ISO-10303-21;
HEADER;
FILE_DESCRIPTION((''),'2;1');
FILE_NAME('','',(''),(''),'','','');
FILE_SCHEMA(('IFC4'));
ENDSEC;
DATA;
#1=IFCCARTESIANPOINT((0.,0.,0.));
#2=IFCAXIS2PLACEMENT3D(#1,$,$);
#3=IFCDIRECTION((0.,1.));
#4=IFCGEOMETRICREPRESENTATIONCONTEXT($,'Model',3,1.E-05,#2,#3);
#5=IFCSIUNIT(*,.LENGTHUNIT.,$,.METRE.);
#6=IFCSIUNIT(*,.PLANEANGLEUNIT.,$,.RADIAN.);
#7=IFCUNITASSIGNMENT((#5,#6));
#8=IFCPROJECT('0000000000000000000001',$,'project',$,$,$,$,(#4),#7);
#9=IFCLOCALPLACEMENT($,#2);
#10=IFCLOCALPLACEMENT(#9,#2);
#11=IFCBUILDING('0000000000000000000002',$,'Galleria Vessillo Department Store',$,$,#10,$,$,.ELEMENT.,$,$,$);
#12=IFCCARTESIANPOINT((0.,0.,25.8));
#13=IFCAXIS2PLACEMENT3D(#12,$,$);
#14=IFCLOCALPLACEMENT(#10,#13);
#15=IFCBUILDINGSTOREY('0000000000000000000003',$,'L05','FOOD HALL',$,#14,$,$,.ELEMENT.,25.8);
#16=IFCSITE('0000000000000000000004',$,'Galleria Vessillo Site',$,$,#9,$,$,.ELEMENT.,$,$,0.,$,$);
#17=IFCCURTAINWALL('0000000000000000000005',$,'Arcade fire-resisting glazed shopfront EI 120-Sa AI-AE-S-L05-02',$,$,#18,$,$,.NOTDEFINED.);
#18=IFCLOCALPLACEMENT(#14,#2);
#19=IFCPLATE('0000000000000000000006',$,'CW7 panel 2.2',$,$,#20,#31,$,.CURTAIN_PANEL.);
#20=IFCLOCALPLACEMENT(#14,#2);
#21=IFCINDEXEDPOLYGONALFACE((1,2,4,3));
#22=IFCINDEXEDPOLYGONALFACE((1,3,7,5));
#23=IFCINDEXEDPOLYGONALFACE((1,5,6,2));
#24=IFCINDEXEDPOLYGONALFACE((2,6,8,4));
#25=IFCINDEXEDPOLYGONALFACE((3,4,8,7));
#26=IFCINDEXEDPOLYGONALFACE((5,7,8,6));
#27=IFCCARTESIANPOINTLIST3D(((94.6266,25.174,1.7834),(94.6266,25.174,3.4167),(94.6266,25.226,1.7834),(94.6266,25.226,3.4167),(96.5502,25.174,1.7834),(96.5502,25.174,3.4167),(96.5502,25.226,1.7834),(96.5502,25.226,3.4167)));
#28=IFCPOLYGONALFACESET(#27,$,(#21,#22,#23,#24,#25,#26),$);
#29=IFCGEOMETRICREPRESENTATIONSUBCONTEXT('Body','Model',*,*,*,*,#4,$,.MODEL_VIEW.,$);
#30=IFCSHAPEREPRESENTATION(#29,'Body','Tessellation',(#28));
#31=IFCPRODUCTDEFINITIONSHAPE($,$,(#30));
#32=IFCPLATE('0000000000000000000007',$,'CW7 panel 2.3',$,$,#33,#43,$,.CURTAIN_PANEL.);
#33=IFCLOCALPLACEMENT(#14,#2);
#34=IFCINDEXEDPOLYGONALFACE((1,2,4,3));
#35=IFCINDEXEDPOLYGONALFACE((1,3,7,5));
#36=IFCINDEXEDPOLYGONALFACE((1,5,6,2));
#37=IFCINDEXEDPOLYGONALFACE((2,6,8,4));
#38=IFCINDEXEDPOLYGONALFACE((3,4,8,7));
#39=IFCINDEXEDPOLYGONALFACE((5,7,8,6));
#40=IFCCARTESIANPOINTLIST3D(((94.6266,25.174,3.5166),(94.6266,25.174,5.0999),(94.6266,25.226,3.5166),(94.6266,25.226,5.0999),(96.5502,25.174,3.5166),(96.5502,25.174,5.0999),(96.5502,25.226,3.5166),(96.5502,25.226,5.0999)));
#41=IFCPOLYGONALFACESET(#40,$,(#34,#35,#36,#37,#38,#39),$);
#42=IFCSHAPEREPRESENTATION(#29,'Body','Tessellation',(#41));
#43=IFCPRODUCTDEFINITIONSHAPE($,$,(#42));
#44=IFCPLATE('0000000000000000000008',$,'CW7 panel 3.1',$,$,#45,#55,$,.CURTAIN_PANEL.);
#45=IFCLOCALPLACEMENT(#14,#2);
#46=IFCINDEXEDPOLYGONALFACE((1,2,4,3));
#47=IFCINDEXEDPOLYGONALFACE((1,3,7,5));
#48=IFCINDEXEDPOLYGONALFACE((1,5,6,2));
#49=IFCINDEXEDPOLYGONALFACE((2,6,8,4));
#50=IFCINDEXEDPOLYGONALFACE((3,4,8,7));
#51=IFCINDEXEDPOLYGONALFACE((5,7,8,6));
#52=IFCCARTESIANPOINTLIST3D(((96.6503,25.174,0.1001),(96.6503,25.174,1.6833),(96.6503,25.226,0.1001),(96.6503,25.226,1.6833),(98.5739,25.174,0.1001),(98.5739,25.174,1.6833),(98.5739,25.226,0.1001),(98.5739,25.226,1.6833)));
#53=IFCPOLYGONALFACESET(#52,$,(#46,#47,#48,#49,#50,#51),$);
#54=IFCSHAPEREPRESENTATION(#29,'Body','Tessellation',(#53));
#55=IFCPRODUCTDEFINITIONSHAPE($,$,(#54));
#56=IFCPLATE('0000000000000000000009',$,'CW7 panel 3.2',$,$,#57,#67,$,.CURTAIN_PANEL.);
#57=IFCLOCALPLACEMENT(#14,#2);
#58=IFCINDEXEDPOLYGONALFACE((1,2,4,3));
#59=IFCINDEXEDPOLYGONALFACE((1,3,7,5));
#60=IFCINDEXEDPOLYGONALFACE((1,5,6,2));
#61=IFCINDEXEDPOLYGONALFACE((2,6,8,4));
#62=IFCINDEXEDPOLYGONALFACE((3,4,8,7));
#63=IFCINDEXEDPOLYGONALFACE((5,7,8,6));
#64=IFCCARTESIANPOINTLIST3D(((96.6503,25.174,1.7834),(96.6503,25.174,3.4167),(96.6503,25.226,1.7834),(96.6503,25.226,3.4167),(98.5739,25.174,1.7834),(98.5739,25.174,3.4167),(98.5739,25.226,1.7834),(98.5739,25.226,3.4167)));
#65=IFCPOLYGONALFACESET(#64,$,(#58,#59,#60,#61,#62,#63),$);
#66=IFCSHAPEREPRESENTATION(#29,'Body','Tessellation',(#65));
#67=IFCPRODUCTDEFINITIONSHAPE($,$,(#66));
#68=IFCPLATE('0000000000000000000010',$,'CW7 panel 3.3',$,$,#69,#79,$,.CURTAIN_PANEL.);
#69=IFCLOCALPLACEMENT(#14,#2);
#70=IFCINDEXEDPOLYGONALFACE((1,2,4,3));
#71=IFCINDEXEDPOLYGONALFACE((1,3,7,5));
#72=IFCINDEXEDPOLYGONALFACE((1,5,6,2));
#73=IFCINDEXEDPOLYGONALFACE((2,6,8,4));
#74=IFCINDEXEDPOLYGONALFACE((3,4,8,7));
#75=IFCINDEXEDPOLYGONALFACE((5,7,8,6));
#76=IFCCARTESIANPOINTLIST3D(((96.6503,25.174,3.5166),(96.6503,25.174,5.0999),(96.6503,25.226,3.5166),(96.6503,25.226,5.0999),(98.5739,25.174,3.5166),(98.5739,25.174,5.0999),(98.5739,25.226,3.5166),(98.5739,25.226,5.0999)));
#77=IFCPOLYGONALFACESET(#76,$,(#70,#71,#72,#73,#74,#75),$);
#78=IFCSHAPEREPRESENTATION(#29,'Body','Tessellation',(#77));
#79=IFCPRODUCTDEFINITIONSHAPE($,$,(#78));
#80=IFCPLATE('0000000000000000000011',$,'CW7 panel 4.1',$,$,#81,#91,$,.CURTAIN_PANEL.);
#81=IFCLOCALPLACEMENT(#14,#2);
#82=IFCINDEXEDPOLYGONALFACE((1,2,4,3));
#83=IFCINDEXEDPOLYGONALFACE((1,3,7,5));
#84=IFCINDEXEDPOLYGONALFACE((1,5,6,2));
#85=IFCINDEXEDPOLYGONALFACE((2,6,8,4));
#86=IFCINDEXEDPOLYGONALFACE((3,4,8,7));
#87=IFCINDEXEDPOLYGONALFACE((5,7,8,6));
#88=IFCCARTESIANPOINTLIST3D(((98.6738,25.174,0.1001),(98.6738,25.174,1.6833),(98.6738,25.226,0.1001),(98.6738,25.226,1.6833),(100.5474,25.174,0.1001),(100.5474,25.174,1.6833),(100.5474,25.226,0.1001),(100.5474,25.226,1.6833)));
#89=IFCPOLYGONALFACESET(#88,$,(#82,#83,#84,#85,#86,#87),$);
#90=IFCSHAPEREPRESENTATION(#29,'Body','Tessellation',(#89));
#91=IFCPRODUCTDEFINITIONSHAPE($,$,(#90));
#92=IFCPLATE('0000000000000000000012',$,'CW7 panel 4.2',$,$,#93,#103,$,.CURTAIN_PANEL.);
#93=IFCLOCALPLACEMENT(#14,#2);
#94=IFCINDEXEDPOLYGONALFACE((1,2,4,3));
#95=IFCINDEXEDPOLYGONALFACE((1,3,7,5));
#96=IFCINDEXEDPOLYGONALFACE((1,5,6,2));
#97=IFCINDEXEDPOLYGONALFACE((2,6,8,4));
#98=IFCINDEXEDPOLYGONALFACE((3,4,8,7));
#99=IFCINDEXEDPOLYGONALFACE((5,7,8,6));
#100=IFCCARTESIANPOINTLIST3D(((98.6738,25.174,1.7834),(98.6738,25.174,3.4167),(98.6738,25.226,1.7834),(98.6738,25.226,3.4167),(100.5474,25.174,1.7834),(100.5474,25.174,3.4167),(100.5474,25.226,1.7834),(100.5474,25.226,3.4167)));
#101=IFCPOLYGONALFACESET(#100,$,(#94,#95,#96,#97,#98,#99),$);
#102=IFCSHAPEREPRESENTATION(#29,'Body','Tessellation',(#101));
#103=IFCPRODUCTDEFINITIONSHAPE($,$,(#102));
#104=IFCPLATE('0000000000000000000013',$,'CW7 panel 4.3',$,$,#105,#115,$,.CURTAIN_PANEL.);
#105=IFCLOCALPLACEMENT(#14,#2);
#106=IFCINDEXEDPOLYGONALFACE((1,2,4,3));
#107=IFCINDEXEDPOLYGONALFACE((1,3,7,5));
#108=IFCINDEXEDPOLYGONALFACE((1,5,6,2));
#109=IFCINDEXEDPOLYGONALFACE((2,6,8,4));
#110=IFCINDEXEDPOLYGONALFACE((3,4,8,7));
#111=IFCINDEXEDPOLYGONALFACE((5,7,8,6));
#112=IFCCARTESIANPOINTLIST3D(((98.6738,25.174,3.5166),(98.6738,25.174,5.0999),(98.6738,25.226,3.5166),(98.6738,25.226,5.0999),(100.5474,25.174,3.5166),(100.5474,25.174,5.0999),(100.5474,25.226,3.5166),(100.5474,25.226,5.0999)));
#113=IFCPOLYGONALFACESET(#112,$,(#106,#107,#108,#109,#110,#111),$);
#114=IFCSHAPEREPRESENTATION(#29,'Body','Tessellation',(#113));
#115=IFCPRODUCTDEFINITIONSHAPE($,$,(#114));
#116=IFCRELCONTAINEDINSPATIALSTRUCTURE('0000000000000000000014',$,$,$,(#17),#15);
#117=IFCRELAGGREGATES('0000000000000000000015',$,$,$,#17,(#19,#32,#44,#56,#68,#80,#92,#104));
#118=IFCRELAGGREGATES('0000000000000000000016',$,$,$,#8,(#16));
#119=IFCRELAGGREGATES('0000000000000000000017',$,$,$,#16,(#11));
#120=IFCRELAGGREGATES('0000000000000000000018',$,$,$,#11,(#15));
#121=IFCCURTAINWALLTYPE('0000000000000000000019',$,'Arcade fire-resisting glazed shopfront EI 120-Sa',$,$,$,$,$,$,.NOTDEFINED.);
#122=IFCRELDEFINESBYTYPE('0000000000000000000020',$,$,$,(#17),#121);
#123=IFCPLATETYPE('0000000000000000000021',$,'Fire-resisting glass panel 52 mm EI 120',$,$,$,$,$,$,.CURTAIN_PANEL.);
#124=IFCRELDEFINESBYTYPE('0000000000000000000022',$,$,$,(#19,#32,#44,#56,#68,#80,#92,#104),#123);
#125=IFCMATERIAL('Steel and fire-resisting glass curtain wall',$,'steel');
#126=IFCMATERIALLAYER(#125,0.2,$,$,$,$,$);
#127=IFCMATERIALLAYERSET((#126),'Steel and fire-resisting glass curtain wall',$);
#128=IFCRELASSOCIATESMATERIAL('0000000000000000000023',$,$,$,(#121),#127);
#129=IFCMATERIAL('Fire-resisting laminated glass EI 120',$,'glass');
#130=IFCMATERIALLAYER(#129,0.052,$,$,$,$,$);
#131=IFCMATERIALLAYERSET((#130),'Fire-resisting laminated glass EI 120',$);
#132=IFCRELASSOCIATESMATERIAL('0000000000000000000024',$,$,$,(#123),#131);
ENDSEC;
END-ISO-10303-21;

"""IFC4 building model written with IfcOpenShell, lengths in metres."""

from ifc_helpers import new_model, si_unit, direction, frame, origin, origin_2d, place, context, subcontext, project, spatial, rectangle, extrude, material, layer, layer_set, type_object, element, aggregate, save


model = new_model("IFC4")

# Units and contexts
model_context = context("Model", 3, precision=1e-05, world=origin(), true_north=direction((0.0, 1.0)))
body_context = subcontext(model_context, "Body", "Model", "MODEL_VIEW")
ifc_project = project(units=[si_unit("LENGTHUNIT", "METRE"), si_unit("PLANEANGLEUNIT", "RADIAN")], contexts=[model_context])

# Site, building, storey
site_placement = place(None, origin())
site = spatial("IfcSite", under=ifc_project, at=site_placement, Name="Galleria Vessillo Site", CompositionType="ELEMENT", RefElevation=0.0)
building_placement = place(site_placement, origin())
building = spatial("IfcBuilding", under=site, at=building_placement, Name="Galleria Vessillo Department Store", CompositionType="ELEMENT")
storey_placement = place(building_placement, frame((0.0, 0.0, 25.8)))
storey = spatial("IfcBuildingStorey", under=building, at=storey_placement, Name="L05", Description="FOOD HALL", CompositionType="ELEMENT", Elevation=25.8)

# Curtain wall
ifc_material_1 = material(Name="Steel and fire-resisting glass curtain wall", Category="steel")
ifc_layer_1 = layer(ifc_material_1, 0.2)
ifc_layer_set_1 = layer_set([ifc_layer_1], Name="Steel and fire-resisting glass curtain wall")
curtain_wall_type = type_object("IfcCurtainWallType", Name="Arcade fire-resisting glazed shopfront EI 120-Sa", PredefinedType="NOTDEFINED", material=ifc_layer_set_1)
curtain_wall_placement = place(storey_placement, origin())
curtain_wall = element("IfcCurtainWall", 1, at=curtain_wall_placement, inside=storey, type_object=curtain_wall_type, Name="Arcade fire-resisting glazed shopfront EI 120-Sa AI-AE-S-L05-02", PredefinedType="NOTDEFINED")

# Plates
ifc_material_2 = material(Name="Fire-resisting laminated glass EI 120", Category="glass")
ifc_layer_2 = layer(ifc_material_2, 0.052)
ifc_layer_set_2 = layer_set([ifc_layer_2], Name="Fire-resisting laminated glass EI 120")
plate_type = type_object("IfcPlateType", Name="Fire-resisting glass panel 52 mm EI 120", PredefinedType="CURTAIN_PANEL", material=ifc_layer_set_2)
plate_1_placement = place(storey_placement, frame((95.5884, 25.2, 1.7834), z_axis=(0.0, 0.0, 1.0), x_axis=(1.0, 0.0, 0.0)))
plate_1 = element("IfcPlate", 2, at=plate_1_placement, type_object=plate_type, Name="CW7 panel 2.2", PredefinedType="CURTAIN_PANEL", context=body_context, shape_type="SweptSolid", body=[
    extrude(rectangle(XDim=1.9236, YDim=0.052, at=origin_2d()), origin(), (0.0, 0.0, 1.0), 1.6333),
])
plate_2_placement = place(storey_placement, frame((95.5884, 25.2, 3.5166), z_axis=(0.0, 0.0, 1.0), x_axis=(1.0, 0.0, 0.0)))
plate_2 = element("IfcPlate", 3, at=plate_2_placement, type_object=plate_type, Name="CW7 panel 2.3", PredefinedType="CURTAIN_PANEL", context=body_context, shape_type="SweptSolid", body=[
    extrude(rectangle(XDim=1.9236, YDim=0.052, at=origin_2d()), origin(), (0.0, 0.0, 1.0), 1.5833),
])
plate_3_placement = place(storey_placement, frame((97.6121, 25.2, 0.1001), z_axis=(0.0, 0.0, 1.0), x_axis=(1.0, 0.0, 0.0)))
plate_3 = element("IfcPlate", 4, at=plate_3_placement, type_object=plate_type, Name="CW7 panel 3.1", PredefinedType="CURTAIN_PANEL", context=body_context, shape_type="SweptSolid", body=[
    extrude(rectangle(XDim=1.9236, YDim=0.052, at=origin_2d()), origin(), (0.0, 0.0, 1.0), 1.5833),
])
plate_4_placement = place(storey_placement, frame((97.6121, 25.2, 1.7834), z_axis=(0.0, 0.0, 1.0), x_axis=(1.0, 0.0, 0.0)))
plate_4 = element("IfcPlate", 5, at=plate_4_placement, type_object=plate_type, Name="CW7 panel 3.2", PredefinedType="CURTAIN_PANEL", context=body_context, shape_type="SweptSolid", body=[
    extrude(rectangle(XDim=1.9236, YDim=0.052, at=origin_2d()), origin(), (0.0, 0.0, 1.0), 1.6333),
])
plate_5_placement = place(storey_placement, frame((97.6121, 25.2, 3.5166), z_axis=(0.0, 0.0, 1.0), x_axis=(1.0, 0.0, 0.0)))
plate_5 = element("IfcPlate", 6, at=plate_5_placement, type_object=plate_type, Name="CW7 panel 3.3", PredefinedType="CURTAIN_PANEL", context=body_context, shape_type="SweptSolid", body=[
    extrude(rectangle(XDim=1.9236, YDim=0.052, at=origin_2d()), origin(), (0.0, 0.0, 1.0), 1.5833),
])
plate_6_placement = place(storey_placement, frame((99.6106, 25.2, 0.1001), z_axis=(0.0, 0.0, 1.0), x_axis=(1.0, 0.0, 0.0)))
plate_6 = element("IfcPlate", 7, at=plate_6_placement, type_object=plate_type, Name="CW7 panel 4.1", PredefinedType="CURTAIN_PANEL", context=body_context, shape_type="SweptSolid", body=[
    extrude(rectangle(XDim=1.8735, YDim=0.052, at=origin_2d()), origin(), (0.0, 0.0, 1.0), 1.5833),
])
plate_7_placement = place(storey_placement, frame((99.6106, 25.2, 1.7834), z_axis=(0.0, 0.0, 1.0), x_axis=(1.0, 0.0, 0.0)))
plate_7 = element("IfcPlate", 8, at=plate_7_placement, type_object=plate_type, Name="CW7 panel 4.2", PredefinedType="CURTAIN_PANEL", context=body_context, shape_type="SweptSolid", body=[
    extrude(rectangle(XDim=1.8735, YDim=0.052, at=origin_2d()), origin(), (0.0, 0.0, 1.0), 1.6333),
])
plate_8_placement = place(storey_placement, frame((99.6106, 25.2, 3.5166), z_axis=(0.0, 0.0, 1.0), x_axis=(1.0, 0.0, 0.0)))
plate_8 = element("IfcPlate", 9, at=plate_8_placement, type_object=plate_type, Name="CW7 panel 4.3", PredefinedType="CURTAIN_PANEL", context=body_context, shape_type="SweptSolid", body=[
    extrude(rectangle(XDim=1.8735, YDim=0.052, at=origin_2d()), origin(), (0.0, 0.0, 1.0), 1.5833),
])
aggregate(curtain_wall, [plate_1, plate_2, plate_3, plate_4, plate_5, plate_6, plate_7, plate_8])

save(model, "model.ifc")
